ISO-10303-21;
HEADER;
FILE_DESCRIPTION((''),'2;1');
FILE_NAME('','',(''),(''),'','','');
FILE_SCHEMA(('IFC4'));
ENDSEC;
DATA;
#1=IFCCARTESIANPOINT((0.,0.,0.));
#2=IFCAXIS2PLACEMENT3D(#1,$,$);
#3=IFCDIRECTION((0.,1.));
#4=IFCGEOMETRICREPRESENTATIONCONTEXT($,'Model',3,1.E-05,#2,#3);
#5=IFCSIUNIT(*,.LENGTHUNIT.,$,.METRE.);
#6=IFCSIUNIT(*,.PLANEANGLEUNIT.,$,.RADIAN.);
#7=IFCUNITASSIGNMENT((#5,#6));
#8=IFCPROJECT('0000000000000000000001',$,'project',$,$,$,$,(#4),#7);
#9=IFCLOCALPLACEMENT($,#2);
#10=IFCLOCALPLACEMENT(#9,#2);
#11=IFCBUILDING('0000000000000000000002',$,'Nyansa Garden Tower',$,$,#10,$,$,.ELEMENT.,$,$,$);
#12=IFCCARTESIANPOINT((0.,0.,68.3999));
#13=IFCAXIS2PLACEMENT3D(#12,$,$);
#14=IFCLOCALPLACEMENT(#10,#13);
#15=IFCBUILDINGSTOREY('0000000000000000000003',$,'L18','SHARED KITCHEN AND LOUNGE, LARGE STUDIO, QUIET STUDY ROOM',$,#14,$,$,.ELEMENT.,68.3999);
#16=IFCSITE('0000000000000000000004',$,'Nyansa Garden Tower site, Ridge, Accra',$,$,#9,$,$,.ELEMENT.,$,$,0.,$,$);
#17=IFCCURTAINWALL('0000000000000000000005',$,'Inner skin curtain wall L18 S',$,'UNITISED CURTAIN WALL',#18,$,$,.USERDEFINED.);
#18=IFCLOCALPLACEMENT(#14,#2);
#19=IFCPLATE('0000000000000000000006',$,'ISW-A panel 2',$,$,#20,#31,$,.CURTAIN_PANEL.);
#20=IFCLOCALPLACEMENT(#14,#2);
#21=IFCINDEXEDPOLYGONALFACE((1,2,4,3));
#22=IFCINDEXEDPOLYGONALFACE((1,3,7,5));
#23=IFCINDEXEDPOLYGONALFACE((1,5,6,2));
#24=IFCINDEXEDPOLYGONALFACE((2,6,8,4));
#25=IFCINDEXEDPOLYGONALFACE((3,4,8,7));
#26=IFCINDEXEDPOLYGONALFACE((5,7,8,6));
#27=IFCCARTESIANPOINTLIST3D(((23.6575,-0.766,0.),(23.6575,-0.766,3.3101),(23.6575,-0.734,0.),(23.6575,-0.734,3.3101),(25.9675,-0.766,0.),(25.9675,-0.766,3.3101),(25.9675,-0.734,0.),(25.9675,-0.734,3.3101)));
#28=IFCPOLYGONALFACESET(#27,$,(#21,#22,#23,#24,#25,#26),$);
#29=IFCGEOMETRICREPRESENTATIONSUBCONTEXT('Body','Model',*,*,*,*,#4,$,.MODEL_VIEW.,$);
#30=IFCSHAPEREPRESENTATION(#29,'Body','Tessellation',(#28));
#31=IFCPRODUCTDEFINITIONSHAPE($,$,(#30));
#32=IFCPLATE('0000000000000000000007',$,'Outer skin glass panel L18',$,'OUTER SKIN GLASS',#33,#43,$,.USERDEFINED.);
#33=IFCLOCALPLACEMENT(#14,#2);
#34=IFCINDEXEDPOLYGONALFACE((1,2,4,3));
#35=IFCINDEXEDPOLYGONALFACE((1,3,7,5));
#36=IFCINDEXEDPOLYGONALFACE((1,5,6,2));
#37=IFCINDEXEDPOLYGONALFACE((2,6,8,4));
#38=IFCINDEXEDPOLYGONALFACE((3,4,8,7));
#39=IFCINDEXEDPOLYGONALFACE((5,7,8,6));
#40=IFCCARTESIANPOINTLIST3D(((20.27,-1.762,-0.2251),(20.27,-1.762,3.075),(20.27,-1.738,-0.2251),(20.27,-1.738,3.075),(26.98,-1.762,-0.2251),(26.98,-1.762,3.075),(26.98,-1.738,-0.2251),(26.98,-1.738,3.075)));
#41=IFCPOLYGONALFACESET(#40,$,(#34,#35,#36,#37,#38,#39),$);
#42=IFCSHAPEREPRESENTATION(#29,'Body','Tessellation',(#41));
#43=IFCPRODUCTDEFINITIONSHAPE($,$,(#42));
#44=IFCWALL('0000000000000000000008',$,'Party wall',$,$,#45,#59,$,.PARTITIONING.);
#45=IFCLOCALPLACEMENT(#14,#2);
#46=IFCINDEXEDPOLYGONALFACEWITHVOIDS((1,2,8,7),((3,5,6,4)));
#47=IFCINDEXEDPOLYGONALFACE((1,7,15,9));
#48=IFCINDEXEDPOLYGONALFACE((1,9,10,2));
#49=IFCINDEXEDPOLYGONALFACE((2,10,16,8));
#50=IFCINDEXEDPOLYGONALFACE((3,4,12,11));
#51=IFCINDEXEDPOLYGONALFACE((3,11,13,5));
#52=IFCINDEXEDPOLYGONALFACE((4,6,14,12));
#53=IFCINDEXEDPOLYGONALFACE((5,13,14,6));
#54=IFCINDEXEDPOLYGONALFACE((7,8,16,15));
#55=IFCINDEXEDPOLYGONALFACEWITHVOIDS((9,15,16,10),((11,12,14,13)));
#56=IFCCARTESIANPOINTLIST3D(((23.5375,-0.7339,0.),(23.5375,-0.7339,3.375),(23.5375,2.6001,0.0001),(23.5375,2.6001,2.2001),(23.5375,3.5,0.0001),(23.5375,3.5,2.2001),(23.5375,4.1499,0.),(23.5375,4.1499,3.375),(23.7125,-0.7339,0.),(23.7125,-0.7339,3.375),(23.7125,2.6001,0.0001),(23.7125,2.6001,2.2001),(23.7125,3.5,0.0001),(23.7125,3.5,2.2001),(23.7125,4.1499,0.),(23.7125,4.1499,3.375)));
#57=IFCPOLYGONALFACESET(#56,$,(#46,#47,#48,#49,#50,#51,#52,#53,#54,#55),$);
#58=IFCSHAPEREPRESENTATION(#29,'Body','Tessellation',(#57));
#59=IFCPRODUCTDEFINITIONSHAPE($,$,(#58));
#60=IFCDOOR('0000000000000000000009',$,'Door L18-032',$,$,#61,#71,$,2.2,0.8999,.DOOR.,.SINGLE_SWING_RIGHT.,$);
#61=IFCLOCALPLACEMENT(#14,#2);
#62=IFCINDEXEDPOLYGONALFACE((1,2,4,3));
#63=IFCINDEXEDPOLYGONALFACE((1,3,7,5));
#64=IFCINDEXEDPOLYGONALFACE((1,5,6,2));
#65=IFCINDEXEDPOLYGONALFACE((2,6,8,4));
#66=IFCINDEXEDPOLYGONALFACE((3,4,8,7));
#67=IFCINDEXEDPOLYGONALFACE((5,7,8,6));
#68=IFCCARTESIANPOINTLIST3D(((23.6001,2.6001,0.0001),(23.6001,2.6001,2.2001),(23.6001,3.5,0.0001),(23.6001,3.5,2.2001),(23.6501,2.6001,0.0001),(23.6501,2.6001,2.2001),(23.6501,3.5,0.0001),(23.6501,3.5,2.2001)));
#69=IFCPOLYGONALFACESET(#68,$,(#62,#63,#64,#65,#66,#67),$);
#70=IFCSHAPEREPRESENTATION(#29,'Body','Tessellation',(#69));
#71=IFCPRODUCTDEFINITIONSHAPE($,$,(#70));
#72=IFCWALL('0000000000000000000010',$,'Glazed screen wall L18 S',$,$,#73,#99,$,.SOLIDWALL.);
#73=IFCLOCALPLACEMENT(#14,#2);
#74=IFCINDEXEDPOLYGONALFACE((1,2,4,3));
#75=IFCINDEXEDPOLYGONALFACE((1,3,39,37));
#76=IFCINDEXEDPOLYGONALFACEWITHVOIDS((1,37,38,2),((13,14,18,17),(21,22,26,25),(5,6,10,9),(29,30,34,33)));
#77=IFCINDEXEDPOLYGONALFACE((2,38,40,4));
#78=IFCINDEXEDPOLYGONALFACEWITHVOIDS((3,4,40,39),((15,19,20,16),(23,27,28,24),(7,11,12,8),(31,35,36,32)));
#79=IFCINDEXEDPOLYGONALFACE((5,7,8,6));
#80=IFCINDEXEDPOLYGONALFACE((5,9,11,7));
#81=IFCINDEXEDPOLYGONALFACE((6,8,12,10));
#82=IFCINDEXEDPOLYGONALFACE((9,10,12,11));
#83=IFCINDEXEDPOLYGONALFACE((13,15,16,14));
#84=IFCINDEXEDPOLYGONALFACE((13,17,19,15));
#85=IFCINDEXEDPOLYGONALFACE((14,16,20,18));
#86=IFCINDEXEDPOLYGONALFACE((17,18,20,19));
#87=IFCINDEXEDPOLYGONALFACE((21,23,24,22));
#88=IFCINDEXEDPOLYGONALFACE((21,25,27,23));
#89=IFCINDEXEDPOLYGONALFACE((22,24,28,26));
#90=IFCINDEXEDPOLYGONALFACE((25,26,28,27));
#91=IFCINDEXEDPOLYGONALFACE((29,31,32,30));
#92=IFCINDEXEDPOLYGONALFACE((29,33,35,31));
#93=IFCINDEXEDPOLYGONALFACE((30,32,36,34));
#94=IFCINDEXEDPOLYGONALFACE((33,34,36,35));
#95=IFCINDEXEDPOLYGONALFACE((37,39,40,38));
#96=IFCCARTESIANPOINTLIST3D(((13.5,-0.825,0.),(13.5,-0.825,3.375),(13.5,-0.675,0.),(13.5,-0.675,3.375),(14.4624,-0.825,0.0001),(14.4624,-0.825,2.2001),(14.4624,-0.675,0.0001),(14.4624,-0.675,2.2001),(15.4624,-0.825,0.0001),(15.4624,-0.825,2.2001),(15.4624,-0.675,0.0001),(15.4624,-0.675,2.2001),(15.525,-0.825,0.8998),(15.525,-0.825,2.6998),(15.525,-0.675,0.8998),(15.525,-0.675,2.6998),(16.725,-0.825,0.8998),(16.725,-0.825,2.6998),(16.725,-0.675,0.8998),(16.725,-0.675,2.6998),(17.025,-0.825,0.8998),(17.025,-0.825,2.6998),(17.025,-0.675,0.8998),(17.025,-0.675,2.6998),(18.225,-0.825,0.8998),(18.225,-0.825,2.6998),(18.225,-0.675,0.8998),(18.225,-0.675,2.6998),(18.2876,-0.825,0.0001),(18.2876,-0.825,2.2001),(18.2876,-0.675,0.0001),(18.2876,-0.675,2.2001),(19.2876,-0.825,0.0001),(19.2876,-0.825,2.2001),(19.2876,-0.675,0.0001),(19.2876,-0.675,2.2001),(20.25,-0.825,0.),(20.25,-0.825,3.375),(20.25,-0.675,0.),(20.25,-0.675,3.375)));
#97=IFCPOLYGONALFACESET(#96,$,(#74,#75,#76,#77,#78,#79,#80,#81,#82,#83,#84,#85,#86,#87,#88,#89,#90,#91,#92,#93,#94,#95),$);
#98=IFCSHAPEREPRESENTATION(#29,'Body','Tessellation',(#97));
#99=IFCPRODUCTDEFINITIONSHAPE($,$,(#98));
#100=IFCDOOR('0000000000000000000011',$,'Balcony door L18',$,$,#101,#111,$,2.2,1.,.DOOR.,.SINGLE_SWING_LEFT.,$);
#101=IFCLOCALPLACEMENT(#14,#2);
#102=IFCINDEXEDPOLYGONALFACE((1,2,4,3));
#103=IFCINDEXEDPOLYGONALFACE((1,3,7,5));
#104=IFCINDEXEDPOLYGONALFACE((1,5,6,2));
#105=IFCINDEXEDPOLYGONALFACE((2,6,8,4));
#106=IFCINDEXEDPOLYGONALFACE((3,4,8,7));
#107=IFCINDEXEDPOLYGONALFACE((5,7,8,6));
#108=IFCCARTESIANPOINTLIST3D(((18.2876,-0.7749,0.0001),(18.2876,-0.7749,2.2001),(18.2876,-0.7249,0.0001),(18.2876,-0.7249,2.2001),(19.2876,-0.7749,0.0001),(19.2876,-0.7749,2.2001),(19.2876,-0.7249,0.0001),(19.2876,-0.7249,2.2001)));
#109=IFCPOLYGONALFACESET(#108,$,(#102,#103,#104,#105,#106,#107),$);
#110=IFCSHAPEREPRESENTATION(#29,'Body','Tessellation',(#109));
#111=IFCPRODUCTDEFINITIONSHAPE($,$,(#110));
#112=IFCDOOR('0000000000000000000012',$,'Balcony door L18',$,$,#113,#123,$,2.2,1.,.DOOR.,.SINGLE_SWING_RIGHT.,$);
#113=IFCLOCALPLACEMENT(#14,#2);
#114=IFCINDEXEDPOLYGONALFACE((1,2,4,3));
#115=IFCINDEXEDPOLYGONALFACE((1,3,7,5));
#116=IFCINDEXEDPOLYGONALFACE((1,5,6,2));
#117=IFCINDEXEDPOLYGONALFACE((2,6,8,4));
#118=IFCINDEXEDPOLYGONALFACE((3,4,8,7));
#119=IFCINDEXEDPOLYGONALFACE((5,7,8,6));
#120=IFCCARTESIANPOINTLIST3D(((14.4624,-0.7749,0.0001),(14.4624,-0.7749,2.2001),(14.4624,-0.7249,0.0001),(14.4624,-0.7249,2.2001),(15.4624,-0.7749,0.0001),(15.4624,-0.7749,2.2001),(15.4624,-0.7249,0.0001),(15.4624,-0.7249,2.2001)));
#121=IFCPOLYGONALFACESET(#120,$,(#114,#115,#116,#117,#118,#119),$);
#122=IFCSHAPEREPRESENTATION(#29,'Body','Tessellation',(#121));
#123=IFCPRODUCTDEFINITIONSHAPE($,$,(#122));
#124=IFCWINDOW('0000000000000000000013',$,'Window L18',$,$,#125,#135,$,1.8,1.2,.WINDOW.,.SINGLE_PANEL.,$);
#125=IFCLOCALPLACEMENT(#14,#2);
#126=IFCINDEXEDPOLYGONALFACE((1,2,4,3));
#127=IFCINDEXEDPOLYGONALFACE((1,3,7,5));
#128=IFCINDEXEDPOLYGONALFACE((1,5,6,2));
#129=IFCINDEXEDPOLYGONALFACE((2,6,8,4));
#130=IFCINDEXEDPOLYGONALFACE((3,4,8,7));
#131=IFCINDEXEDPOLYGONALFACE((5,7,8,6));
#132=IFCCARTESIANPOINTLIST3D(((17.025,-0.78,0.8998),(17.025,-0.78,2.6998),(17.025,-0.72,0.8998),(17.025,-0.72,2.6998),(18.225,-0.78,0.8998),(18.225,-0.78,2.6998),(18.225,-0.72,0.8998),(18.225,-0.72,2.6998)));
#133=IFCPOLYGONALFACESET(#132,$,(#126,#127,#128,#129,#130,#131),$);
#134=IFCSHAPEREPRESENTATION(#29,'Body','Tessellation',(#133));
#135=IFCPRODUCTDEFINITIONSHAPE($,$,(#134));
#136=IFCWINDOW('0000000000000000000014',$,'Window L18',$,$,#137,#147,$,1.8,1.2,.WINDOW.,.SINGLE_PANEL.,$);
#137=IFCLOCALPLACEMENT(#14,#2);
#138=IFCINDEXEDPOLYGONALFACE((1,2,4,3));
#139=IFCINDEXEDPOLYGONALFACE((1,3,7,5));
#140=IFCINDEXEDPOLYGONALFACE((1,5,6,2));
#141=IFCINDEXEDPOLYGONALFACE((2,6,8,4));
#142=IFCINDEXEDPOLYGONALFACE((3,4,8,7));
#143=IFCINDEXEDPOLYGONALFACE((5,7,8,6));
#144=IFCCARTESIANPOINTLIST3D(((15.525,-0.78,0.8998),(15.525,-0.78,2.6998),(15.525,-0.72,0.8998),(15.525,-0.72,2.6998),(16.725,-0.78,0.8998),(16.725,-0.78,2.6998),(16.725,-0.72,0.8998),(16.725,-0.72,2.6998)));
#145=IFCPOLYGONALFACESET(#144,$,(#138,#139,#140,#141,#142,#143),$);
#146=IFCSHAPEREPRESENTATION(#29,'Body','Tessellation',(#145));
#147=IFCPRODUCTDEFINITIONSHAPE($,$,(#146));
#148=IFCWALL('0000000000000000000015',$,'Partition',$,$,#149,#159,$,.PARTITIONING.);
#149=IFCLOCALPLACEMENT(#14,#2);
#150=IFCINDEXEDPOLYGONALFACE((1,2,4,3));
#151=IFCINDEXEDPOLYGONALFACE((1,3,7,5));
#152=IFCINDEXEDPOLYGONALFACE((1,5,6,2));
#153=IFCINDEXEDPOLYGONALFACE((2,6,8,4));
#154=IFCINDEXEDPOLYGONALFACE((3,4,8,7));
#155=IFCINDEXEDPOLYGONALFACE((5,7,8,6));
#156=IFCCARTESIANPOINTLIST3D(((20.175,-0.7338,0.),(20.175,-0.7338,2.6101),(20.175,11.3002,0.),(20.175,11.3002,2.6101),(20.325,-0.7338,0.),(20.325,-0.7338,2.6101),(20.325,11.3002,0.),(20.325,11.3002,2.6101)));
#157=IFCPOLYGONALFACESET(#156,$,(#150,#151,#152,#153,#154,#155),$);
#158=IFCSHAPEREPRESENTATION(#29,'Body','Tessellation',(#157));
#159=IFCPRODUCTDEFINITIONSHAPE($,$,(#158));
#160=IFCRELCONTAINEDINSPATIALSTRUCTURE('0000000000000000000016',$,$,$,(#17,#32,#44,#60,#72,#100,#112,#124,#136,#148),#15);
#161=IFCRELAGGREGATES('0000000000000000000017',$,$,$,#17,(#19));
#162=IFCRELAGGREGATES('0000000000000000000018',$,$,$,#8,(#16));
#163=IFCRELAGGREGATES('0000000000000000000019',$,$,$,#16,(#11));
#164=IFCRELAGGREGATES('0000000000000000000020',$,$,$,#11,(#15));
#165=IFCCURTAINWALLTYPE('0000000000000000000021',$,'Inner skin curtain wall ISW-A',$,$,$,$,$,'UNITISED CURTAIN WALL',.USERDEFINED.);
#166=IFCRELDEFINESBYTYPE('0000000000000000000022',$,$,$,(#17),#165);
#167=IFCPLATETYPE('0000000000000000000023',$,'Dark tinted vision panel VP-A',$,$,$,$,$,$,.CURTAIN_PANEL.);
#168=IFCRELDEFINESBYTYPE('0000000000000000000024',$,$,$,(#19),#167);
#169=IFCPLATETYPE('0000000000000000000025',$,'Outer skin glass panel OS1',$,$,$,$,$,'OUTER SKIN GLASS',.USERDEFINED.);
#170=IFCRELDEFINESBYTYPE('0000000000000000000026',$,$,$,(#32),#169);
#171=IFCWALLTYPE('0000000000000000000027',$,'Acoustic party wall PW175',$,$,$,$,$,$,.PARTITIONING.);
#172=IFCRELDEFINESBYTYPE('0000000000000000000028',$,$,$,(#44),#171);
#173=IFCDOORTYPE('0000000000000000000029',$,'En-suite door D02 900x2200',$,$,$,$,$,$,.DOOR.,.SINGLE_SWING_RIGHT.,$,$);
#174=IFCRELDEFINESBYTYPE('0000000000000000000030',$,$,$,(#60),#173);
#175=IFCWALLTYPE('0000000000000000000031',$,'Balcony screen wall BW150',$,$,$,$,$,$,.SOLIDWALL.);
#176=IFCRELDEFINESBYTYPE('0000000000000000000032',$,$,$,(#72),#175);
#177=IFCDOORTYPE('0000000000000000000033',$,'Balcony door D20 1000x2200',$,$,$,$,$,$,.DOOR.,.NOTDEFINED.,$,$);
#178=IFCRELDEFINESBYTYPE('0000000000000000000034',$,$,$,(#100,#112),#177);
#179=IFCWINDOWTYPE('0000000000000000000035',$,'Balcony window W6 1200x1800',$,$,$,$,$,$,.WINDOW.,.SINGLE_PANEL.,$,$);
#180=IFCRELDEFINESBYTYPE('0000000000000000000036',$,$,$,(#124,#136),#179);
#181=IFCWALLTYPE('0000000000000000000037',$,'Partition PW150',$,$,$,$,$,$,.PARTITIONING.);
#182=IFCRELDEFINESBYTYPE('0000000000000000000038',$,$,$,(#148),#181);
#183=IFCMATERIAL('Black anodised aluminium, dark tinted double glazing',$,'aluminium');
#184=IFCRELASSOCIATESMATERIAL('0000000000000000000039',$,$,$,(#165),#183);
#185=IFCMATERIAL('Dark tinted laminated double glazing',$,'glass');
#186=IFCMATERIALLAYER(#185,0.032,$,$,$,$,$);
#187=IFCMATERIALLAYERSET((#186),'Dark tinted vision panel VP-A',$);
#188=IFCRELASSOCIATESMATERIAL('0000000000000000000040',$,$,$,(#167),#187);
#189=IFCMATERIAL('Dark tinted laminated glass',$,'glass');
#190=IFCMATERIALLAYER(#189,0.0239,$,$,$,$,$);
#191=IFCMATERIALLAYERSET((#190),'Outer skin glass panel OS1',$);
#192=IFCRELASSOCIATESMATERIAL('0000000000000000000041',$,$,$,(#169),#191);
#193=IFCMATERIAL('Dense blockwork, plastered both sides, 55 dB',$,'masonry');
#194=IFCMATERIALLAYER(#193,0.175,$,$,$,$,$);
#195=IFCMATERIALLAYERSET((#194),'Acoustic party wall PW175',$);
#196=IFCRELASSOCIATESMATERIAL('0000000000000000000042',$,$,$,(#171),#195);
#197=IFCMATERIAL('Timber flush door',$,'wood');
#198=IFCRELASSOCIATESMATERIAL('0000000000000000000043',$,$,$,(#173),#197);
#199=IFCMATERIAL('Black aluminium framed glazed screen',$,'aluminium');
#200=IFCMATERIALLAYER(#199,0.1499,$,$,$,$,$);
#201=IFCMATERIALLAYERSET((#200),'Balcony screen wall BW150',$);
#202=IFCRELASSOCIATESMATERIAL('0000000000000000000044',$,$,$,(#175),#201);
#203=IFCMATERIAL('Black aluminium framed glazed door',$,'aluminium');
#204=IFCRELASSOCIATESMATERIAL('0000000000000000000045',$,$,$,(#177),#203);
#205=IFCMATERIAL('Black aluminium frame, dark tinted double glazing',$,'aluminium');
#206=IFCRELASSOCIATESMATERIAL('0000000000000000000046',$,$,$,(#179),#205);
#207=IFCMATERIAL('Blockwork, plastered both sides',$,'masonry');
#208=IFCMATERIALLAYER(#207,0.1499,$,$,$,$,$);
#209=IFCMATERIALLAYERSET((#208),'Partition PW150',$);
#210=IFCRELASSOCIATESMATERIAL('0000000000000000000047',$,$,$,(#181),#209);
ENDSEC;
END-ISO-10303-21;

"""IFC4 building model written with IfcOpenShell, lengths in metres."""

from ifc_helpers import new_model, si_unit, direction, frame, frame_2d, origin, origin_2d, place, context, subcontext, project, spatial, rectangle, extrude, material, layer, layer_set, type_object, element, fill, aggregate, save


model = new_model("IFC4")

# Units and contexts
model_context = context("Model", 3, precision=1e-05, world=origin(), true_north=direction((0.0, 1.0)))
body_context = subcontext(model_context, "Body", "Model", "MODEL_VIEW")
ifc_project = project(units=[si_unit("LENGTHUNIT", "METRE"), si_unit("PLANEANGLEUNIT", "RADIAN")], contexts=[model_context])

# Site, building, storey
site_placement = place(None, origin())
site = spatial("IfcSite", under=ifc_project, at=site_placement, Name="Nyansa Garden Tower site, Ridge, Accra", CompositionType="ELEMENT", RefElevation=0.0)
building_placement = place(site_placement, origin())
building = spatial("IfcBuilding", under=site, at=building_placement, Name="Nyansa Garden Tower", CompositionType="ELEMENT")
storey_placement = place(building_placement, frame((0.0, 0.0, 68.3999)))
storey = spatial("IfcBuildingStorey", under=building, at=storey_placement, Name="L18", Description="SHARED KITCHEN AND LOUNGE, LARGE STUDIO, QUIET STUDY ROOM", CompositionType="ELEMENT", Elevation=68.3999)

# Curtain wall
ifc_material_1 = material(Name="Black anodised aluminium, dark tinted double glazing", Category="aluminium")
curtain_wall_type = type_object("IfcCurtainWallType", Name="Inner skin curtain wall ISW-A", ElementType="UNITISED CURTAIN WALL", PredefinedType="USERDEFINED", material=ifc_material_1)
curtain_wall_placement = place(storey_placement, origin())
curtain_wall = element("IfcCurtainWall", 1, at=curtain_wall_placement, inside=storey, type_object=curtain_wall_type, Name="Inner skin curtain wall L18 S", ObjectType="UNITISED CURTAIN WALL", PredefinedType="USERDEFINED")

# Plates
ifc_material_2 = material(Name="Dark tinted laminated double glazing", Category="glass")
ifc_layer_1 = layer(ifc_material_2, 0.032)
ifc_layer_set_1 = layer_set([ifc_layer_1], Name="Dark tinted vision panel VP-A")
plate_type_1 = type_object("IfcPlateType", Name="Dark tinted vision panel VP-A", PredefinedType="CURTAIN_PANEL", material=ifc_layer_set_1)
plate_1_placement = place(storey_placement, frame((24.8125, -0.75, 0.0), z_axis=(0.0, 0.0, 1.0), x_axis=(1.0, 0.0, 0.0)))
plate_1 = element("IfcPlate", 2, at=plate_1_placement, type_object=plate_type_1, Name="ISW-A panel 2", PredefinedType="CURTAIN_PANEL", context=body_context, shape_type="SweptSolid", body=[
    extrude(rectangle(XDim=2.3101, YDim=0.032, at=origin_2d()), origin(), (0.0, 0.0, 1.0), 3.3101),
])
aggregate(curtain_wall, [plate_1])
ifc_material_3 = material(Name="Dark tinted laminated glass", Category="glass")
ifc_layer_2 = layer(ifc_material_3, 0.0239)
ifc_layer_set_2 = layer_set([ifc_layer_2], Name="Outer skin glass panel OS1")
plate_type_2 = type_object("IfcPlateType", Name="Outer skin glass panel OS1", ElementType="OUTER SKIN GLASS", PredefinedType="USERDEFINED", material=ifc_layer_set_2)
plate_2_placement = place(storey_placement, frame((23.625, -1.75, -0.2251), z_axis=(0.0, 0.0, 1.0), x_axis=(1.0, 0.0, 0.0)))
element("IfcPlate", 3, at=plate_2_placement, inside=storey, type_object=plate_type_2, Name="Outer skin glass panel L18", ObjectType="OUTER SKIN GLASS", PredefinedType="USERDEFINED", context=body_context, shape_type="SweptSolid", body=[
    extrude(rectangle(XDim=6.71, YDim=0.0239, at=origin_2d()), origin(), (0.0, 0.0, 1.0), 3.3),
])

# Wall, opening, door
ifc_material_4 = material(Name="Dense blockwork, plastered both sides, 55 dB", Category="masonry")
ifc_layer_3 = layer(ifc_material_4, 0.175)
ifc_layer_set_3 = layer_set([ifc_layer_3], Name="Acoustic party wall PW175")
wall_type_1 = type_object("IfcWallType", Name="Acoustic party wall PW175", PredefinedType="PARTITIONING", material=ifc_layer_set_3)
wall_1_placement = place(storey_placement, frame((23.625, -0.7339, 0.0), z_axis=(0.0, 0.0, 1.0), x_axis=(0.0, 1.0, 0.0)))
wall_1 = element("IfcWall", 4, at=wall_1_placement, inside=storey, type_object=wall_type_1, Name="Party wall", PredefinedType="PARTITIONING", context=body_context, shape_type="SweptSolid", body=[
    extrude(rectangle(XDim=4.8838, YDim=0.175, at=frame_2d((2.4419, 0.0))), origin(), (0.0, 0.0, 1.0), 3.375),
])
opening_1_placement = place(wall_1_placement, frame((3.334, 0.0, 0.0)))
opening_1 = element("IfcOpeningElement", 5, at=opening_1_placement, cuts=wall_1, PredefinedType="OPENING", context=body_context, shape_type="SweptSolid", body=[
    extrude(rectangle(XDim=0.8999, YDim=2.2, at=frame_2d((0.45, 1.1001))), frame((0.0, 0.0974, 0.0), z_axis=(0.0, -1.0, 0.0), x_axis=(1.0, 0.0, 0.0)), (0.0, 0.0, 1.0), 0.1951),
])
ifc_material_5 = material(Name="Timber flush door", Category="wood")
door_type_1 = type_object("IfcDoorType", Name="En-suite door D02 900x2200", OperationType="SINGLE_SWING_RIGHT", PredefinedType="DOOR", material=ifc_material_5)
door_1_placement = place(opening_1_placement, origin())
door_1 = element("IfcDoor", 6, at=door_1_placement, inside=storey, type_object=door_type_1, Name="Door L18-032", OperationType="SINGLE_SWING_RIGHT", OverallHeight=2.2, OverallWidth=0.8999, PredefinedType="DOOR", context=body_context, shape_type="SweptSolid", body=[
    extrude(rectangle(XDim=0.8999, YDim=2.2, at=frame_2d((0.45, 1.1001))), frame((0.0, 0.0249, 0.0), z_axis=(0.0, -1.0, 0.0), x_axis=(1.0, 0.0, 0.0)), (0.0, 0.0, 1.0), 0.05),
])
fill(opening_1, door_1)

# Wall, openings, doors, windows
ifc_material_6 = material(Name="Black aluminium framed glazed screen", Category="aluminium")
ifc_layer_4 = layer(ifc_material_6, 0.1499)
ifc_layer_set_4 = layer_set([ifc_layer_4], Name="Balcony screen wall BW150")
wall_type_2 = type_object("IfcWallType", Name="Balcony screen wall BW150", PredefinedType="SOLIDWALL", material=ifc_layer_set_4)
wall_2_placement = place(storey_placement, frame((20.25, -0.75, 0.0), z_axis=(0.0, 0.0, 1.0), x_axis=(-1.0, 0.0, 0.0)))
wall_2 = element("IfcWall", 7, at=wall_2_placement, inside=storey, type_object=wall_type_2, Name="Glazed screen wall L18 S", PredefinedType="SOLIDWALL", context=body_context, shape_type="SweptSolid", body=[
    extrude(rectangle(XDim=6.75, YDim=0.1499, at=frame_2d((3.375, 0.0))), origin(), (0.0, 0.0, 1.0), 3.375),
])
opening_2_placement = place(wall_2_placement, frame((0.9624, 0.0, 0.0)))
opening_2 = element("IfcOpeningElement", 8, at=opening_2_placement, cuts=wall_2, PredefinedType="OPENING", context=body_context, shape_type="SweptSolid", body=[
    extrude(rectangle(XDim=1.0, YDim=2.2, at=frame_2d((0.5, 1.1001))), frame((0.0, 0.085, 0.0), z_axis=(0.0, -1.0, 0.0), x_axis=(1.0, 0.0, 0.0)), (0.0, 0.0, 1.0), 0.1699),
])
opening_3_placement = place(wall_2_placement, frame((2.0249, 0.0, 0.8999)))
opening_3 = element("IfcOpeningElement", 9, at=opening_3_placement, cuts=wall_2, PredefinedType="OPENING", context=body_context, shape_type="SweptSolid", body=[
    extrude(rectangle(XDim=1.2, YDim=1.8, at=frame_2d((0.6001, 0.8999))), frame((0.0, 0.085, 0.0), z_axis=(0.0, -1.0, 0.0), x_axis=(1.0, 0.0, 0.0)), (0.0, 0.0, 1.0), 0.1699),
])
opening_4_placement = place(wall_2_placement, frame((4.7876, 0.0, 0.0)))
opening_4 = element("IfcOpeningElement", 10, at=opening_4_placement, cuts=wall_2, PredefinedType="OPENING", context=body_context, shape_type="SweptSolid", body=[
    extrude(rectangle(XDim=1.0, YDim=2.2, at=frame_2d((0.5, 1.1001))), frame((0.0, 0.085, 0.0), z_axis=(0.0, -1.0, 0.0), x_axis=(1.0, 0.0, 0.0)), (0.0, 0.0, 1.0), 0.1699),
])
opening_5_placement = place(wall_2_placement, frame((3.5249, 0.0, 0.8999)))
opening_5 = element("IfcOpeningElement", 11, at=opening_5_placement, cuts=wall_2, PredefinedType="OPENING", context=body_context, shape_type="SweptSolid", body=[
    extrude(rectangle(XDim=1.2, YDim=1.8, at=frame_2d((0.6001, 0.8999))), frame((0.0, 0.085, 0.0), z_axis=(0.0, -1.0, 0.0), x_axis=(1.0, 0.0, 0.0)), (0.0, 0.0, 1.0), 0.1699),
])
ifc_material_7 = material(Name="Black aluminium framed glazed door", Category="aluminium")
door_type_2 = type_object("IfcDoorType", Name="Balcony door D20 1000x2200", OperationType="NOTDEFINED", PredefinedType="DOOR", material=ifc_material_7)
door_2_placement = place(opening_2_placement, origin())
door_2 = element("IfcDoor", 12, at=door_2_placement, inside=storey, type_object=door_type_2, Name="Balcony door L18", OperationType="SINGLE_SWING_LEFT", OverallHeight=2.2, OverallWidth=1.0, PredefinedType="DOOR", context=body_context, shape_type="SweptSolid", body=[
    extrude(rectangle(XDim=1.0, YDim=2.2, at=frame_2d((0.5, 1.1001))), frame((0.0, 0.0249, 0.0), z_axis=(0.0, -1.0, 0.0), x_axis=(1.0, 0.0, 0.0)), (0.0, 0.0, 1.0), 0.05),
])
fill(opening_2, door_2)
door_3_placement = place(opening_4_placement, origin())
door_3 = element("IfcDoor", 13, at=door_3_placement, inside=storey, type_object=door_type_2, Name="Balcony door L18", OperationType="SINGLE_SWING_RIGHT", OverallHeight=2.2, OverallWidth=1.0, PredefinedType="DOOR", context=body_context, shape_type="SweptSolid", body=[
    extrude(rectangle(XDim=1.0, YDim=2.2, at=frame_2d((0.5, 1.1001))), frame((0.0, 0.0249, 0.0), z_axis=(0.0, -1.0, 0.0), x_axis=(1.0, 0.0, 0.0)), (0.0, 0.0, 1.0), 0.05),
])
fill(opening_4, door_3)
ifc_material_8 = material(Name="Black aluminium frame, dark tinted double glazing", Category="aluminium")
window_type = type_object("IfcWindowType", Name="Balcony window W6 1200x1800", PartitioningType="SINGLE_PANEL", PredefinedType="WINDOW", material=ifc_material_8)
window_1_placement = place(opening_3_placement, origin())
window_1 = element("IfcWindow", 14, at=window_1_placement, inside=storey, type_object=window_type, Name="Window L18", OverallHeight=1.8, OverallWidth=1.2, PartitioningType="SINGLE_PANEL", PredefinedType="WINDOW", context=body_context, shape_type="SweptSolid", body=[
    extrude(rectangle(XDim=1.2, YDim=1.8, at=frame_2d((0.6001, 0.8999))), frame((0.0, 0.03, 0.0), z_axis=(0.0, -1.0, 0.0), x_axis=(1.0, 0.0, 0.0)), (0.0, 0.0, 1.0), 0.0601),
])
fill(opening_3, window_1)
window_2_placement = place(opening_5_placement, origin())
window_2 = element("IfcWindow", 15, at=window_2_placement, inside=storey, type_object=window_type, Name="Window L18", OverallHeight=1.8, OverallWidth=1.2, PartitioningType="SINGLE_PANEL", PredefinedType="WINDOW", context=body_context, shape_type="SweptSolid", body=[
    extrude(rectangle(XDim=1.2, YDim=1.8, at=frame_2d((0.6001, 0.8999))), frame((0.0, 0.03, 0.0), z_axis=(0.0, -1.0, 0.0), x_axis=(1.0, 0.0, 0.0)), (0.0, 0.0, 1.0), 0.0601),
])
fill(opening_5, window_2)

# Wall
ifc_material_9 = material(Name="Blockwork, plastered both sides", Category="masonry")
ifc_layer_5 = layer(ifc_material_9, 0.1499)
ifc_layer_set_5 = layer_set([ifc_layer_5], Name="Partition PW150")
wall_type_3 = type_object("IfcWallType", Name="Partition PW150", PredefinedType="PARTITIONING", material=ifc_layer_set_5)
wall_3_placement = place(storey_placement, frame((20.25, -0.7339, 0.0), z_axis=(0.0, 0.0, 1.0), x_axis=(0.0, 1.0, 0.0)))
element("IfcWall", 16, at=wall_3_placement, inside=storey, type_object=wall_type_3, Name="Partition", PredefinedType="PARTITIONING", context=body_context, shape_type="SweptSolid", body=[
    extrude(rectangle(XDim=12.0339, YDim=0.1499, at=frame_2d((6.0171, 0.0))), origin(), (0.0, 0.0, 1.0), 2.6101),
])

save(model, "model.ifc")
